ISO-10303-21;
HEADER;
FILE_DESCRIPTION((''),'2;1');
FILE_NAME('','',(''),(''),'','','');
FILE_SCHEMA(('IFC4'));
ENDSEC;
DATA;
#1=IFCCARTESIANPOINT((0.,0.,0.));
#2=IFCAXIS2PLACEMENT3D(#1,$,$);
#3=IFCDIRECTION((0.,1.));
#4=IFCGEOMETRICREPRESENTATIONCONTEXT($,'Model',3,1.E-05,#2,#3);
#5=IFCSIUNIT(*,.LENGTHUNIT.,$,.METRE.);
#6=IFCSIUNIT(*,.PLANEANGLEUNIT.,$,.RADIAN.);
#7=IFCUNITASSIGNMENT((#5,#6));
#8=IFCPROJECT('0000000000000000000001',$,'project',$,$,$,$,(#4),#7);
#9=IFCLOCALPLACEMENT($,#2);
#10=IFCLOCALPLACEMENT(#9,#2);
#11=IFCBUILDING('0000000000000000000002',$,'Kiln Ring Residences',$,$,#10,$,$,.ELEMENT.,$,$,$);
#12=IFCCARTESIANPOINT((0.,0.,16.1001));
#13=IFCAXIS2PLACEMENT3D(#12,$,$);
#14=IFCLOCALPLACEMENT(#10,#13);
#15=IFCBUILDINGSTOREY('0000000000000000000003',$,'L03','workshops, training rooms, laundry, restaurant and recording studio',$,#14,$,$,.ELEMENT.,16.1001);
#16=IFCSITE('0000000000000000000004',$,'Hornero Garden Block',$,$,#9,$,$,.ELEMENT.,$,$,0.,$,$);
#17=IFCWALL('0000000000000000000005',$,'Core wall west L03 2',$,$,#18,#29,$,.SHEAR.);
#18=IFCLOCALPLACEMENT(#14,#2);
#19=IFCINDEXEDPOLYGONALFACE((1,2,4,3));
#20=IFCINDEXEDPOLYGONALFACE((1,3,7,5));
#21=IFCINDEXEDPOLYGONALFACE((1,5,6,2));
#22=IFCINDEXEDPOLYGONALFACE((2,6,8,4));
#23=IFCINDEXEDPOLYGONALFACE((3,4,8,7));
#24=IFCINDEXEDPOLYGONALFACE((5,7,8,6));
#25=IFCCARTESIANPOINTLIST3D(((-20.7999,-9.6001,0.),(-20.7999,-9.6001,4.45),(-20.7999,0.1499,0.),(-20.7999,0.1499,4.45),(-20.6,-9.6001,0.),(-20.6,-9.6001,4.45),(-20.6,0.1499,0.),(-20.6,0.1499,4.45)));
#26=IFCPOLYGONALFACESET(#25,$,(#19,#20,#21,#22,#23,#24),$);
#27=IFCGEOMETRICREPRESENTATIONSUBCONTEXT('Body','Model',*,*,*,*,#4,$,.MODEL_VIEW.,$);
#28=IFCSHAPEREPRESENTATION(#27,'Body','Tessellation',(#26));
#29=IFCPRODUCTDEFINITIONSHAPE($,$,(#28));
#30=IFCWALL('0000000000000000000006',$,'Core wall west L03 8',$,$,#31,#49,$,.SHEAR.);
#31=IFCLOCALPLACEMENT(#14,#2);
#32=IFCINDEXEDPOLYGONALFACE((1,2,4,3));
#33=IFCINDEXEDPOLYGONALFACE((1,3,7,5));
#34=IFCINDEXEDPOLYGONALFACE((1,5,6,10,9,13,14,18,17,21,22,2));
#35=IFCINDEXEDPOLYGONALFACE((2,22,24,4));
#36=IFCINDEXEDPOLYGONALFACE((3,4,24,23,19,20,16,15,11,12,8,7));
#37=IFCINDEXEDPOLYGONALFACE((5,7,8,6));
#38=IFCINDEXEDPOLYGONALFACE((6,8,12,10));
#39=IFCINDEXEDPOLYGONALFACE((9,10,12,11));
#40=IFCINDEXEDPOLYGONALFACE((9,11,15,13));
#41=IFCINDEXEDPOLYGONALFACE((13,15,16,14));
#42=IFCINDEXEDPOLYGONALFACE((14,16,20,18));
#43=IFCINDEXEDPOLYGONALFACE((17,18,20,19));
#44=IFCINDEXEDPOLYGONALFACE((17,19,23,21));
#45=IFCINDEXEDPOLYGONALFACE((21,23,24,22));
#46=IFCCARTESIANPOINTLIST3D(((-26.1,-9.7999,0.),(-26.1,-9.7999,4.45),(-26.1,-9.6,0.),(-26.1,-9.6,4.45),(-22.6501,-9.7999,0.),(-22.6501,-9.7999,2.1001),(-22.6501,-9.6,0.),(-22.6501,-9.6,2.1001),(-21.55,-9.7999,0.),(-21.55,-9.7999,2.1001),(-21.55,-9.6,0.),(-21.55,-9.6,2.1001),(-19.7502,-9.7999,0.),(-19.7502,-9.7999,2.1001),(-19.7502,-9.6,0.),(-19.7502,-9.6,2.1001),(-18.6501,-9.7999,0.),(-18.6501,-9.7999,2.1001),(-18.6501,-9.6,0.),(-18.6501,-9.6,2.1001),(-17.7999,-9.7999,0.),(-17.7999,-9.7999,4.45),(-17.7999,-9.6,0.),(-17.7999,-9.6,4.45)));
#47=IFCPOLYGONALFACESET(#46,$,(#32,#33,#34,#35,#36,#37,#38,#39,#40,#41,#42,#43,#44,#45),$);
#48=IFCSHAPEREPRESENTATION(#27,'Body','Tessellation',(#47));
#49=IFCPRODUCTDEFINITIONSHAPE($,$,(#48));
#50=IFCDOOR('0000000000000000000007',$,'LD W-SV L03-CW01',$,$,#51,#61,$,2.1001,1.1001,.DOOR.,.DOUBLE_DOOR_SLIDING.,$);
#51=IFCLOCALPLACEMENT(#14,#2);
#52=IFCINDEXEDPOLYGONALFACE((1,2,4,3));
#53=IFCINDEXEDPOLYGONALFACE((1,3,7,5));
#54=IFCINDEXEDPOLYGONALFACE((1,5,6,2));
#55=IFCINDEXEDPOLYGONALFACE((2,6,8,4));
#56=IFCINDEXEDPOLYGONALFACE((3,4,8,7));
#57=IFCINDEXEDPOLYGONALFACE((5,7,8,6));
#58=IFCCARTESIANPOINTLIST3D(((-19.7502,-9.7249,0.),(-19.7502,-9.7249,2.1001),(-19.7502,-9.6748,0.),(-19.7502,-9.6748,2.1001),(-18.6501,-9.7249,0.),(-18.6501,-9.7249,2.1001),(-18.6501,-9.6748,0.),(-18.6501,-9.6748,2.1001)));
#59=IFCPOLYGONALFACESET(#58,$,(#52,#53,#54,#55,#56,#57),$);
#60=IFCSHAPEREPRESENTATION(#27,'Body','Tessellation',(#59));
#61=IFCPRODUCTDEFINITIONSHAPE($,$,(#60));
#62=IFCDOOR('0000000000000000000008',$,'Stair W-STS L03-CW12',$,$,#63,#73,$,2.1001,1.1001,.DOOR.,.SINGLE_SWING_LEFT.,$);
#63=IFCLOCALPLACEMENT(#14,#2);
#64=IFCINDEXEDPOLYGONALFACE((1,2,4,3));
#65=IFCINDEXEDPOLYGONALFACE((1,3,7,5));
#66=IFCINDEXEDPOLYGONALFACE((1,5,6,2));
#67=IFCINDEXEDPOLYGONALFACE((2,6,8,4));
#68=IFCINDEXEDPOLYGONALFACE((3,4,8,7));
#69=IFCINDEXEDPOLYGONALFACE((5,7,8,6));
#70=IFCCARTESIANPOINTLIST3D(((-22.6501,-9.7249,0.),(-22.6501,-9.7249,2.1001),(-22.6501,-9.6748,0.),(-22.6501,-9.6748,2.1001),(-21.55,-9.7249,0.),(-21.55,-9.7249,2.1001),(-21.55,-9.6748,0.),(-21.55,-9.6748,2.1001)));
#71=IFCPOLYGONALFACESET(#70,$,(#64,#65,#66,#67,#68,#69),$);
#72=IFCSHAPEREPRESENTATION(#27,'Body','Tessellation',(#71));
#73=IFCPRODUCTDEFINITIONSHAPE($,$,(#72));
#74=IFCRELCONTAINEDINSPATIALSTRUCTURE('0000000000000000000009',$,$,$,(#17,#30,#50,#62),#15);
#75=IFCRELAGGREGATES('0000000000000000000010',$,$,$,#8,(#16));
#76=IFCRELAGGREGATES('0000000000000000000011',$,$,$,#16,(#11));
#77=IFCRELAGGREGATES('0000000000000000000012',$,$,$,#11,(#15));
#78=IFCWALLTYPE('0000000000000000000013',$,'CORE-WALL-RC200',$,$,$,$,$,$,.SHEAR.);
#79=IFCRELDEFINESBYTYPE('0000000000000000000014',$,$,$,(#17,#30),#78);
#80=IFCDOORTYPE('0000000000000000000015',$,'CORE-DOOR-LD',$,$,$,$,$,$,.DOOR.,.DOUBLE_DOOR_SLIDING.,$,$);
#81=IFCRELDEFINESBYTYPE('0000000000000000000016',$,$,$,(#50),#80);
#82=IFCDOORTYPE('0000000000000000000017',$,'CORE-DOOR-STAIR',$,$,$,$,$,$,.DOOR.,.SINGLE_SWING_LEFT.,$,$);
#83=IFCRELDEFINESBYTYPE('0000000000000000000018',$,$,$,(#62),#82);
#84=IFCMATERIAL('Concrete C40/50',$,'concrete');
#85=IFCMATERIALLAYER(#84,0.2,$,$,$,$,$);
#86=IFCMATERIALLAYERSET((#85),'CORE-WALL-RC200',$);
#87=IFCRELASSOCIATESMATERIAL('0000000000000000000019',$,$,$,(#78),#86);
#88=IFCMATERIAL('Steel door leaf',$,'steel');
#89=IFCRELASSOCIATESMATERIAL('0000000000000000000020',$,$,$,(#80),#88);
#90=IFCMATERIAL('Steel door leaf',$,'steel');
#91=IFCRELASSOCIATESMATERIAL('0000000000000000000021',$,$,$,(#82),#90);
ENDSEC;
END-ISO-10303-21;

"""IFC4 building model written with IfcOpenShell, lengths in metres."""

from ifc_helpers import new_model, si_unit, direction, frame, frame_2d, origin, place, context, subcontext, project, spatial, rectangle, extrude, material, layer, layer_set, type_object, element, fill, save


model = new_model("IFC4")

# Units and contexts
model_context = context("Model", 3, precision=1e-05, world=origin(), true_north=direction((0.0, 1.0)))
body_context = subcontext(model_context, "Body", "Model", "MODEL_VIEW")
ifc_project = project(units=[si_unit("LENGTHUNIT", "METRE"), si_unit("PLANEANGLEUNIT", "RADIAN")], contexts=[model_context])

# Site, building, storey
site_placement = place(None, origin())
site = spatial("IfcSite", under=ifc_project, at=site_placement, Name="Hornero Garden Block", CompositionType="ELEMENT", RefElevation=0.0)
building_placement = place(site_placement, origin())
building = spatial("IfcBuilding", under=site, at=building_placement, Name="Kiln Ring Residences", CompositionType="ELEMENT")
storey_placement = place(building_placement, frame((0.0, 0.0, 16.1001)))
storey = spatial("IfcBuildingStorey", under=building, at=storey_placement, Name="L03", Description="workshops, training rooms, laundry, restaurant and recording studio", CompositionType="ELEMENT", Elevation=16.1001)

# Wall
ifc_material_1 = material(Name="Concrete C40/50", Category="concrete")
ifc_layer_1 = layer(ifc_material_1, 0.2)
ifc_layer_set_1 = layer_set([ifc_layer_1], Name="CORE-WALL-RC200")
wall_type_1 = type_object("IfcWallType", Name="CORE-WALL-RC200", PredefinedType="SHEAR", material=ifc_layer_set_1)
wall_1_placement = place(storey_placement, frame((-20.7, -9.6001, 0.0), z_axis=(0.0, 0.0, 1.0), x_axis=(0.0, 1.0, 0.0)))
element("IfcWall", 1, at=wall_1_placement, inside=storey, type_object=wall_type_1, Name="Core wall west L03 2", PredefinedType="SHEAR", context=body_context, shape_type="SweptSolid", body=[
    extrude(rectangle(XDim=9.75, YDim=0.2, at=frame_2d((4.875, 0.0))), origin(), (0.0, 0.0, 1.0), 4.45),
])

# Wall, openings, doors
wall_2_placement = place(storey_placement, frame((-17.8, -9.7, 0.0), z_axis=(0.0, 0.0, 1.0), x_axis=(-1.0, 0.0, 0.0)))
wall_2 = element("IfcWall", 2, at=wall_2_placement, inside=storey, type_object=wall_type_1, Name="Core wall west L03 8", PredefinedType="SHEAR", context=body_context, shape_type="SweptSolid", body=[
    extrude(rectangle(XDim=8.3, YDim=0.2, at=frame_2d((4.1499, 0.0))), origin(), (0.0, 0.0, 1.0), 4.45),
])
opening_1_placement = place(wall_2_placement, frame((0.8501, 0.0, 0.0)))
opening_1 = element("IfcOpeningElement", 3, at=opening_1_placement, cuts=wall_2, PredefinedType="OPENING", context=body_context, shape_type="SweptSolid", body=[
    extrude(rectangle(XDim=1.1001, YDim=2.1001, at=frame_2d((0.55, 1.05))), frame((0.0, 0.1099, 0.0), z_axis=(0.0, -1.0, 0.0), x_axis=(1.0, 0.0, 0.0)), (0.0, 0.0, 1.0), 0.22),
])
opening_2_placement = place(wall_2_placement, frame((3.75, 0.0, 0.0)))
opening_2 = element("IfcOpeningElement", 4, at=opening_2_placement, cuts=wall_2, PredefinedType="OPENING", context=body_context, shape_type="SweptSolid", body=[
    extrude(rectangle(XDim=1.1001, YDim=2.1001, at=frame_2d((0.55, 1.05))), frame((0.0, 0.1099, 0.0), z_axis=(0.0, -1.0, 0.0), x_axis=(1.0, 0.0, 0.0)), (0.0, 0.0, 1.0), 0.22),
])
ifc_material_2 = material(Name="Steel door leaf", Category="steel")
door_type_1 = type_object("IfcDoorType", Name="CORE-DOOR-LD", OperationType="DOUBLE_DOOR_SLIDING", PredefinedType="DOOR", material=ifc_material_2)
door_1_placement = place(opening_1_placement, origin())
door_1 = element("IfcDoor", 5, at=door_1_placement, inside=storey, type_object=door_type_1, Name="LD W-SV L03-CW01", OperationType="DOUBLE_DOOR_SLIDING", OverallHeight=2.1001, OverallWidth=1.1001, PredefinedType="DOOR", context=body_context, shape_type="SweptSolid", body=[
    extrude(rectangle(XDim=1.1001, YDim=2.1001, at=frame_2d((0.55, 1.05))), frame((0.0, 0.0249, 0.0), z_axis=(0.0, -1.0, 0.0), x_axis=(1.0, 0.0, 0.0)), (0.0, 0.0, 1.0), 0.05),
])
fill(opening_1, door_1)
ifc_material_3 = material(Name="Steel door leaf", Category="steel")
door_type_2 = type_object("IfcDoorType", Name="CORE-DOOR-STAIR", OperationType="SINGLE_SWING_LEFT", PredefinedType="DOOR", material=ifc_material_3)
door_2_placement = place(opening_2_placement, origin())
door_2 = element("IfcDoor", 6, at=door_2_placement, inside=storey, type_object=door_type_2, Name="Stair W-STS L03-CW12", OperationType="SINGLE_SWING_LEFT", OverallHeight=2.1001, OverallWidth=1.1001, PredefinedType="DOOR", context=body_context, shape_type="SweptSolid", body=[
    extrude(rectangle(XDim=1.1001, YDim=2.1001, at=frame_2d((0.55, 1.05))), frame((0.0, 0.0249, 0.0), z_axis=(0.0, -1.0, 0.0), x_axis=(1.0, 0.0, 0.0)), (0.0, 0.0, 1.0), 0.05),
])
fill(opening_2, door_2)

save(model, "model.ifc")
